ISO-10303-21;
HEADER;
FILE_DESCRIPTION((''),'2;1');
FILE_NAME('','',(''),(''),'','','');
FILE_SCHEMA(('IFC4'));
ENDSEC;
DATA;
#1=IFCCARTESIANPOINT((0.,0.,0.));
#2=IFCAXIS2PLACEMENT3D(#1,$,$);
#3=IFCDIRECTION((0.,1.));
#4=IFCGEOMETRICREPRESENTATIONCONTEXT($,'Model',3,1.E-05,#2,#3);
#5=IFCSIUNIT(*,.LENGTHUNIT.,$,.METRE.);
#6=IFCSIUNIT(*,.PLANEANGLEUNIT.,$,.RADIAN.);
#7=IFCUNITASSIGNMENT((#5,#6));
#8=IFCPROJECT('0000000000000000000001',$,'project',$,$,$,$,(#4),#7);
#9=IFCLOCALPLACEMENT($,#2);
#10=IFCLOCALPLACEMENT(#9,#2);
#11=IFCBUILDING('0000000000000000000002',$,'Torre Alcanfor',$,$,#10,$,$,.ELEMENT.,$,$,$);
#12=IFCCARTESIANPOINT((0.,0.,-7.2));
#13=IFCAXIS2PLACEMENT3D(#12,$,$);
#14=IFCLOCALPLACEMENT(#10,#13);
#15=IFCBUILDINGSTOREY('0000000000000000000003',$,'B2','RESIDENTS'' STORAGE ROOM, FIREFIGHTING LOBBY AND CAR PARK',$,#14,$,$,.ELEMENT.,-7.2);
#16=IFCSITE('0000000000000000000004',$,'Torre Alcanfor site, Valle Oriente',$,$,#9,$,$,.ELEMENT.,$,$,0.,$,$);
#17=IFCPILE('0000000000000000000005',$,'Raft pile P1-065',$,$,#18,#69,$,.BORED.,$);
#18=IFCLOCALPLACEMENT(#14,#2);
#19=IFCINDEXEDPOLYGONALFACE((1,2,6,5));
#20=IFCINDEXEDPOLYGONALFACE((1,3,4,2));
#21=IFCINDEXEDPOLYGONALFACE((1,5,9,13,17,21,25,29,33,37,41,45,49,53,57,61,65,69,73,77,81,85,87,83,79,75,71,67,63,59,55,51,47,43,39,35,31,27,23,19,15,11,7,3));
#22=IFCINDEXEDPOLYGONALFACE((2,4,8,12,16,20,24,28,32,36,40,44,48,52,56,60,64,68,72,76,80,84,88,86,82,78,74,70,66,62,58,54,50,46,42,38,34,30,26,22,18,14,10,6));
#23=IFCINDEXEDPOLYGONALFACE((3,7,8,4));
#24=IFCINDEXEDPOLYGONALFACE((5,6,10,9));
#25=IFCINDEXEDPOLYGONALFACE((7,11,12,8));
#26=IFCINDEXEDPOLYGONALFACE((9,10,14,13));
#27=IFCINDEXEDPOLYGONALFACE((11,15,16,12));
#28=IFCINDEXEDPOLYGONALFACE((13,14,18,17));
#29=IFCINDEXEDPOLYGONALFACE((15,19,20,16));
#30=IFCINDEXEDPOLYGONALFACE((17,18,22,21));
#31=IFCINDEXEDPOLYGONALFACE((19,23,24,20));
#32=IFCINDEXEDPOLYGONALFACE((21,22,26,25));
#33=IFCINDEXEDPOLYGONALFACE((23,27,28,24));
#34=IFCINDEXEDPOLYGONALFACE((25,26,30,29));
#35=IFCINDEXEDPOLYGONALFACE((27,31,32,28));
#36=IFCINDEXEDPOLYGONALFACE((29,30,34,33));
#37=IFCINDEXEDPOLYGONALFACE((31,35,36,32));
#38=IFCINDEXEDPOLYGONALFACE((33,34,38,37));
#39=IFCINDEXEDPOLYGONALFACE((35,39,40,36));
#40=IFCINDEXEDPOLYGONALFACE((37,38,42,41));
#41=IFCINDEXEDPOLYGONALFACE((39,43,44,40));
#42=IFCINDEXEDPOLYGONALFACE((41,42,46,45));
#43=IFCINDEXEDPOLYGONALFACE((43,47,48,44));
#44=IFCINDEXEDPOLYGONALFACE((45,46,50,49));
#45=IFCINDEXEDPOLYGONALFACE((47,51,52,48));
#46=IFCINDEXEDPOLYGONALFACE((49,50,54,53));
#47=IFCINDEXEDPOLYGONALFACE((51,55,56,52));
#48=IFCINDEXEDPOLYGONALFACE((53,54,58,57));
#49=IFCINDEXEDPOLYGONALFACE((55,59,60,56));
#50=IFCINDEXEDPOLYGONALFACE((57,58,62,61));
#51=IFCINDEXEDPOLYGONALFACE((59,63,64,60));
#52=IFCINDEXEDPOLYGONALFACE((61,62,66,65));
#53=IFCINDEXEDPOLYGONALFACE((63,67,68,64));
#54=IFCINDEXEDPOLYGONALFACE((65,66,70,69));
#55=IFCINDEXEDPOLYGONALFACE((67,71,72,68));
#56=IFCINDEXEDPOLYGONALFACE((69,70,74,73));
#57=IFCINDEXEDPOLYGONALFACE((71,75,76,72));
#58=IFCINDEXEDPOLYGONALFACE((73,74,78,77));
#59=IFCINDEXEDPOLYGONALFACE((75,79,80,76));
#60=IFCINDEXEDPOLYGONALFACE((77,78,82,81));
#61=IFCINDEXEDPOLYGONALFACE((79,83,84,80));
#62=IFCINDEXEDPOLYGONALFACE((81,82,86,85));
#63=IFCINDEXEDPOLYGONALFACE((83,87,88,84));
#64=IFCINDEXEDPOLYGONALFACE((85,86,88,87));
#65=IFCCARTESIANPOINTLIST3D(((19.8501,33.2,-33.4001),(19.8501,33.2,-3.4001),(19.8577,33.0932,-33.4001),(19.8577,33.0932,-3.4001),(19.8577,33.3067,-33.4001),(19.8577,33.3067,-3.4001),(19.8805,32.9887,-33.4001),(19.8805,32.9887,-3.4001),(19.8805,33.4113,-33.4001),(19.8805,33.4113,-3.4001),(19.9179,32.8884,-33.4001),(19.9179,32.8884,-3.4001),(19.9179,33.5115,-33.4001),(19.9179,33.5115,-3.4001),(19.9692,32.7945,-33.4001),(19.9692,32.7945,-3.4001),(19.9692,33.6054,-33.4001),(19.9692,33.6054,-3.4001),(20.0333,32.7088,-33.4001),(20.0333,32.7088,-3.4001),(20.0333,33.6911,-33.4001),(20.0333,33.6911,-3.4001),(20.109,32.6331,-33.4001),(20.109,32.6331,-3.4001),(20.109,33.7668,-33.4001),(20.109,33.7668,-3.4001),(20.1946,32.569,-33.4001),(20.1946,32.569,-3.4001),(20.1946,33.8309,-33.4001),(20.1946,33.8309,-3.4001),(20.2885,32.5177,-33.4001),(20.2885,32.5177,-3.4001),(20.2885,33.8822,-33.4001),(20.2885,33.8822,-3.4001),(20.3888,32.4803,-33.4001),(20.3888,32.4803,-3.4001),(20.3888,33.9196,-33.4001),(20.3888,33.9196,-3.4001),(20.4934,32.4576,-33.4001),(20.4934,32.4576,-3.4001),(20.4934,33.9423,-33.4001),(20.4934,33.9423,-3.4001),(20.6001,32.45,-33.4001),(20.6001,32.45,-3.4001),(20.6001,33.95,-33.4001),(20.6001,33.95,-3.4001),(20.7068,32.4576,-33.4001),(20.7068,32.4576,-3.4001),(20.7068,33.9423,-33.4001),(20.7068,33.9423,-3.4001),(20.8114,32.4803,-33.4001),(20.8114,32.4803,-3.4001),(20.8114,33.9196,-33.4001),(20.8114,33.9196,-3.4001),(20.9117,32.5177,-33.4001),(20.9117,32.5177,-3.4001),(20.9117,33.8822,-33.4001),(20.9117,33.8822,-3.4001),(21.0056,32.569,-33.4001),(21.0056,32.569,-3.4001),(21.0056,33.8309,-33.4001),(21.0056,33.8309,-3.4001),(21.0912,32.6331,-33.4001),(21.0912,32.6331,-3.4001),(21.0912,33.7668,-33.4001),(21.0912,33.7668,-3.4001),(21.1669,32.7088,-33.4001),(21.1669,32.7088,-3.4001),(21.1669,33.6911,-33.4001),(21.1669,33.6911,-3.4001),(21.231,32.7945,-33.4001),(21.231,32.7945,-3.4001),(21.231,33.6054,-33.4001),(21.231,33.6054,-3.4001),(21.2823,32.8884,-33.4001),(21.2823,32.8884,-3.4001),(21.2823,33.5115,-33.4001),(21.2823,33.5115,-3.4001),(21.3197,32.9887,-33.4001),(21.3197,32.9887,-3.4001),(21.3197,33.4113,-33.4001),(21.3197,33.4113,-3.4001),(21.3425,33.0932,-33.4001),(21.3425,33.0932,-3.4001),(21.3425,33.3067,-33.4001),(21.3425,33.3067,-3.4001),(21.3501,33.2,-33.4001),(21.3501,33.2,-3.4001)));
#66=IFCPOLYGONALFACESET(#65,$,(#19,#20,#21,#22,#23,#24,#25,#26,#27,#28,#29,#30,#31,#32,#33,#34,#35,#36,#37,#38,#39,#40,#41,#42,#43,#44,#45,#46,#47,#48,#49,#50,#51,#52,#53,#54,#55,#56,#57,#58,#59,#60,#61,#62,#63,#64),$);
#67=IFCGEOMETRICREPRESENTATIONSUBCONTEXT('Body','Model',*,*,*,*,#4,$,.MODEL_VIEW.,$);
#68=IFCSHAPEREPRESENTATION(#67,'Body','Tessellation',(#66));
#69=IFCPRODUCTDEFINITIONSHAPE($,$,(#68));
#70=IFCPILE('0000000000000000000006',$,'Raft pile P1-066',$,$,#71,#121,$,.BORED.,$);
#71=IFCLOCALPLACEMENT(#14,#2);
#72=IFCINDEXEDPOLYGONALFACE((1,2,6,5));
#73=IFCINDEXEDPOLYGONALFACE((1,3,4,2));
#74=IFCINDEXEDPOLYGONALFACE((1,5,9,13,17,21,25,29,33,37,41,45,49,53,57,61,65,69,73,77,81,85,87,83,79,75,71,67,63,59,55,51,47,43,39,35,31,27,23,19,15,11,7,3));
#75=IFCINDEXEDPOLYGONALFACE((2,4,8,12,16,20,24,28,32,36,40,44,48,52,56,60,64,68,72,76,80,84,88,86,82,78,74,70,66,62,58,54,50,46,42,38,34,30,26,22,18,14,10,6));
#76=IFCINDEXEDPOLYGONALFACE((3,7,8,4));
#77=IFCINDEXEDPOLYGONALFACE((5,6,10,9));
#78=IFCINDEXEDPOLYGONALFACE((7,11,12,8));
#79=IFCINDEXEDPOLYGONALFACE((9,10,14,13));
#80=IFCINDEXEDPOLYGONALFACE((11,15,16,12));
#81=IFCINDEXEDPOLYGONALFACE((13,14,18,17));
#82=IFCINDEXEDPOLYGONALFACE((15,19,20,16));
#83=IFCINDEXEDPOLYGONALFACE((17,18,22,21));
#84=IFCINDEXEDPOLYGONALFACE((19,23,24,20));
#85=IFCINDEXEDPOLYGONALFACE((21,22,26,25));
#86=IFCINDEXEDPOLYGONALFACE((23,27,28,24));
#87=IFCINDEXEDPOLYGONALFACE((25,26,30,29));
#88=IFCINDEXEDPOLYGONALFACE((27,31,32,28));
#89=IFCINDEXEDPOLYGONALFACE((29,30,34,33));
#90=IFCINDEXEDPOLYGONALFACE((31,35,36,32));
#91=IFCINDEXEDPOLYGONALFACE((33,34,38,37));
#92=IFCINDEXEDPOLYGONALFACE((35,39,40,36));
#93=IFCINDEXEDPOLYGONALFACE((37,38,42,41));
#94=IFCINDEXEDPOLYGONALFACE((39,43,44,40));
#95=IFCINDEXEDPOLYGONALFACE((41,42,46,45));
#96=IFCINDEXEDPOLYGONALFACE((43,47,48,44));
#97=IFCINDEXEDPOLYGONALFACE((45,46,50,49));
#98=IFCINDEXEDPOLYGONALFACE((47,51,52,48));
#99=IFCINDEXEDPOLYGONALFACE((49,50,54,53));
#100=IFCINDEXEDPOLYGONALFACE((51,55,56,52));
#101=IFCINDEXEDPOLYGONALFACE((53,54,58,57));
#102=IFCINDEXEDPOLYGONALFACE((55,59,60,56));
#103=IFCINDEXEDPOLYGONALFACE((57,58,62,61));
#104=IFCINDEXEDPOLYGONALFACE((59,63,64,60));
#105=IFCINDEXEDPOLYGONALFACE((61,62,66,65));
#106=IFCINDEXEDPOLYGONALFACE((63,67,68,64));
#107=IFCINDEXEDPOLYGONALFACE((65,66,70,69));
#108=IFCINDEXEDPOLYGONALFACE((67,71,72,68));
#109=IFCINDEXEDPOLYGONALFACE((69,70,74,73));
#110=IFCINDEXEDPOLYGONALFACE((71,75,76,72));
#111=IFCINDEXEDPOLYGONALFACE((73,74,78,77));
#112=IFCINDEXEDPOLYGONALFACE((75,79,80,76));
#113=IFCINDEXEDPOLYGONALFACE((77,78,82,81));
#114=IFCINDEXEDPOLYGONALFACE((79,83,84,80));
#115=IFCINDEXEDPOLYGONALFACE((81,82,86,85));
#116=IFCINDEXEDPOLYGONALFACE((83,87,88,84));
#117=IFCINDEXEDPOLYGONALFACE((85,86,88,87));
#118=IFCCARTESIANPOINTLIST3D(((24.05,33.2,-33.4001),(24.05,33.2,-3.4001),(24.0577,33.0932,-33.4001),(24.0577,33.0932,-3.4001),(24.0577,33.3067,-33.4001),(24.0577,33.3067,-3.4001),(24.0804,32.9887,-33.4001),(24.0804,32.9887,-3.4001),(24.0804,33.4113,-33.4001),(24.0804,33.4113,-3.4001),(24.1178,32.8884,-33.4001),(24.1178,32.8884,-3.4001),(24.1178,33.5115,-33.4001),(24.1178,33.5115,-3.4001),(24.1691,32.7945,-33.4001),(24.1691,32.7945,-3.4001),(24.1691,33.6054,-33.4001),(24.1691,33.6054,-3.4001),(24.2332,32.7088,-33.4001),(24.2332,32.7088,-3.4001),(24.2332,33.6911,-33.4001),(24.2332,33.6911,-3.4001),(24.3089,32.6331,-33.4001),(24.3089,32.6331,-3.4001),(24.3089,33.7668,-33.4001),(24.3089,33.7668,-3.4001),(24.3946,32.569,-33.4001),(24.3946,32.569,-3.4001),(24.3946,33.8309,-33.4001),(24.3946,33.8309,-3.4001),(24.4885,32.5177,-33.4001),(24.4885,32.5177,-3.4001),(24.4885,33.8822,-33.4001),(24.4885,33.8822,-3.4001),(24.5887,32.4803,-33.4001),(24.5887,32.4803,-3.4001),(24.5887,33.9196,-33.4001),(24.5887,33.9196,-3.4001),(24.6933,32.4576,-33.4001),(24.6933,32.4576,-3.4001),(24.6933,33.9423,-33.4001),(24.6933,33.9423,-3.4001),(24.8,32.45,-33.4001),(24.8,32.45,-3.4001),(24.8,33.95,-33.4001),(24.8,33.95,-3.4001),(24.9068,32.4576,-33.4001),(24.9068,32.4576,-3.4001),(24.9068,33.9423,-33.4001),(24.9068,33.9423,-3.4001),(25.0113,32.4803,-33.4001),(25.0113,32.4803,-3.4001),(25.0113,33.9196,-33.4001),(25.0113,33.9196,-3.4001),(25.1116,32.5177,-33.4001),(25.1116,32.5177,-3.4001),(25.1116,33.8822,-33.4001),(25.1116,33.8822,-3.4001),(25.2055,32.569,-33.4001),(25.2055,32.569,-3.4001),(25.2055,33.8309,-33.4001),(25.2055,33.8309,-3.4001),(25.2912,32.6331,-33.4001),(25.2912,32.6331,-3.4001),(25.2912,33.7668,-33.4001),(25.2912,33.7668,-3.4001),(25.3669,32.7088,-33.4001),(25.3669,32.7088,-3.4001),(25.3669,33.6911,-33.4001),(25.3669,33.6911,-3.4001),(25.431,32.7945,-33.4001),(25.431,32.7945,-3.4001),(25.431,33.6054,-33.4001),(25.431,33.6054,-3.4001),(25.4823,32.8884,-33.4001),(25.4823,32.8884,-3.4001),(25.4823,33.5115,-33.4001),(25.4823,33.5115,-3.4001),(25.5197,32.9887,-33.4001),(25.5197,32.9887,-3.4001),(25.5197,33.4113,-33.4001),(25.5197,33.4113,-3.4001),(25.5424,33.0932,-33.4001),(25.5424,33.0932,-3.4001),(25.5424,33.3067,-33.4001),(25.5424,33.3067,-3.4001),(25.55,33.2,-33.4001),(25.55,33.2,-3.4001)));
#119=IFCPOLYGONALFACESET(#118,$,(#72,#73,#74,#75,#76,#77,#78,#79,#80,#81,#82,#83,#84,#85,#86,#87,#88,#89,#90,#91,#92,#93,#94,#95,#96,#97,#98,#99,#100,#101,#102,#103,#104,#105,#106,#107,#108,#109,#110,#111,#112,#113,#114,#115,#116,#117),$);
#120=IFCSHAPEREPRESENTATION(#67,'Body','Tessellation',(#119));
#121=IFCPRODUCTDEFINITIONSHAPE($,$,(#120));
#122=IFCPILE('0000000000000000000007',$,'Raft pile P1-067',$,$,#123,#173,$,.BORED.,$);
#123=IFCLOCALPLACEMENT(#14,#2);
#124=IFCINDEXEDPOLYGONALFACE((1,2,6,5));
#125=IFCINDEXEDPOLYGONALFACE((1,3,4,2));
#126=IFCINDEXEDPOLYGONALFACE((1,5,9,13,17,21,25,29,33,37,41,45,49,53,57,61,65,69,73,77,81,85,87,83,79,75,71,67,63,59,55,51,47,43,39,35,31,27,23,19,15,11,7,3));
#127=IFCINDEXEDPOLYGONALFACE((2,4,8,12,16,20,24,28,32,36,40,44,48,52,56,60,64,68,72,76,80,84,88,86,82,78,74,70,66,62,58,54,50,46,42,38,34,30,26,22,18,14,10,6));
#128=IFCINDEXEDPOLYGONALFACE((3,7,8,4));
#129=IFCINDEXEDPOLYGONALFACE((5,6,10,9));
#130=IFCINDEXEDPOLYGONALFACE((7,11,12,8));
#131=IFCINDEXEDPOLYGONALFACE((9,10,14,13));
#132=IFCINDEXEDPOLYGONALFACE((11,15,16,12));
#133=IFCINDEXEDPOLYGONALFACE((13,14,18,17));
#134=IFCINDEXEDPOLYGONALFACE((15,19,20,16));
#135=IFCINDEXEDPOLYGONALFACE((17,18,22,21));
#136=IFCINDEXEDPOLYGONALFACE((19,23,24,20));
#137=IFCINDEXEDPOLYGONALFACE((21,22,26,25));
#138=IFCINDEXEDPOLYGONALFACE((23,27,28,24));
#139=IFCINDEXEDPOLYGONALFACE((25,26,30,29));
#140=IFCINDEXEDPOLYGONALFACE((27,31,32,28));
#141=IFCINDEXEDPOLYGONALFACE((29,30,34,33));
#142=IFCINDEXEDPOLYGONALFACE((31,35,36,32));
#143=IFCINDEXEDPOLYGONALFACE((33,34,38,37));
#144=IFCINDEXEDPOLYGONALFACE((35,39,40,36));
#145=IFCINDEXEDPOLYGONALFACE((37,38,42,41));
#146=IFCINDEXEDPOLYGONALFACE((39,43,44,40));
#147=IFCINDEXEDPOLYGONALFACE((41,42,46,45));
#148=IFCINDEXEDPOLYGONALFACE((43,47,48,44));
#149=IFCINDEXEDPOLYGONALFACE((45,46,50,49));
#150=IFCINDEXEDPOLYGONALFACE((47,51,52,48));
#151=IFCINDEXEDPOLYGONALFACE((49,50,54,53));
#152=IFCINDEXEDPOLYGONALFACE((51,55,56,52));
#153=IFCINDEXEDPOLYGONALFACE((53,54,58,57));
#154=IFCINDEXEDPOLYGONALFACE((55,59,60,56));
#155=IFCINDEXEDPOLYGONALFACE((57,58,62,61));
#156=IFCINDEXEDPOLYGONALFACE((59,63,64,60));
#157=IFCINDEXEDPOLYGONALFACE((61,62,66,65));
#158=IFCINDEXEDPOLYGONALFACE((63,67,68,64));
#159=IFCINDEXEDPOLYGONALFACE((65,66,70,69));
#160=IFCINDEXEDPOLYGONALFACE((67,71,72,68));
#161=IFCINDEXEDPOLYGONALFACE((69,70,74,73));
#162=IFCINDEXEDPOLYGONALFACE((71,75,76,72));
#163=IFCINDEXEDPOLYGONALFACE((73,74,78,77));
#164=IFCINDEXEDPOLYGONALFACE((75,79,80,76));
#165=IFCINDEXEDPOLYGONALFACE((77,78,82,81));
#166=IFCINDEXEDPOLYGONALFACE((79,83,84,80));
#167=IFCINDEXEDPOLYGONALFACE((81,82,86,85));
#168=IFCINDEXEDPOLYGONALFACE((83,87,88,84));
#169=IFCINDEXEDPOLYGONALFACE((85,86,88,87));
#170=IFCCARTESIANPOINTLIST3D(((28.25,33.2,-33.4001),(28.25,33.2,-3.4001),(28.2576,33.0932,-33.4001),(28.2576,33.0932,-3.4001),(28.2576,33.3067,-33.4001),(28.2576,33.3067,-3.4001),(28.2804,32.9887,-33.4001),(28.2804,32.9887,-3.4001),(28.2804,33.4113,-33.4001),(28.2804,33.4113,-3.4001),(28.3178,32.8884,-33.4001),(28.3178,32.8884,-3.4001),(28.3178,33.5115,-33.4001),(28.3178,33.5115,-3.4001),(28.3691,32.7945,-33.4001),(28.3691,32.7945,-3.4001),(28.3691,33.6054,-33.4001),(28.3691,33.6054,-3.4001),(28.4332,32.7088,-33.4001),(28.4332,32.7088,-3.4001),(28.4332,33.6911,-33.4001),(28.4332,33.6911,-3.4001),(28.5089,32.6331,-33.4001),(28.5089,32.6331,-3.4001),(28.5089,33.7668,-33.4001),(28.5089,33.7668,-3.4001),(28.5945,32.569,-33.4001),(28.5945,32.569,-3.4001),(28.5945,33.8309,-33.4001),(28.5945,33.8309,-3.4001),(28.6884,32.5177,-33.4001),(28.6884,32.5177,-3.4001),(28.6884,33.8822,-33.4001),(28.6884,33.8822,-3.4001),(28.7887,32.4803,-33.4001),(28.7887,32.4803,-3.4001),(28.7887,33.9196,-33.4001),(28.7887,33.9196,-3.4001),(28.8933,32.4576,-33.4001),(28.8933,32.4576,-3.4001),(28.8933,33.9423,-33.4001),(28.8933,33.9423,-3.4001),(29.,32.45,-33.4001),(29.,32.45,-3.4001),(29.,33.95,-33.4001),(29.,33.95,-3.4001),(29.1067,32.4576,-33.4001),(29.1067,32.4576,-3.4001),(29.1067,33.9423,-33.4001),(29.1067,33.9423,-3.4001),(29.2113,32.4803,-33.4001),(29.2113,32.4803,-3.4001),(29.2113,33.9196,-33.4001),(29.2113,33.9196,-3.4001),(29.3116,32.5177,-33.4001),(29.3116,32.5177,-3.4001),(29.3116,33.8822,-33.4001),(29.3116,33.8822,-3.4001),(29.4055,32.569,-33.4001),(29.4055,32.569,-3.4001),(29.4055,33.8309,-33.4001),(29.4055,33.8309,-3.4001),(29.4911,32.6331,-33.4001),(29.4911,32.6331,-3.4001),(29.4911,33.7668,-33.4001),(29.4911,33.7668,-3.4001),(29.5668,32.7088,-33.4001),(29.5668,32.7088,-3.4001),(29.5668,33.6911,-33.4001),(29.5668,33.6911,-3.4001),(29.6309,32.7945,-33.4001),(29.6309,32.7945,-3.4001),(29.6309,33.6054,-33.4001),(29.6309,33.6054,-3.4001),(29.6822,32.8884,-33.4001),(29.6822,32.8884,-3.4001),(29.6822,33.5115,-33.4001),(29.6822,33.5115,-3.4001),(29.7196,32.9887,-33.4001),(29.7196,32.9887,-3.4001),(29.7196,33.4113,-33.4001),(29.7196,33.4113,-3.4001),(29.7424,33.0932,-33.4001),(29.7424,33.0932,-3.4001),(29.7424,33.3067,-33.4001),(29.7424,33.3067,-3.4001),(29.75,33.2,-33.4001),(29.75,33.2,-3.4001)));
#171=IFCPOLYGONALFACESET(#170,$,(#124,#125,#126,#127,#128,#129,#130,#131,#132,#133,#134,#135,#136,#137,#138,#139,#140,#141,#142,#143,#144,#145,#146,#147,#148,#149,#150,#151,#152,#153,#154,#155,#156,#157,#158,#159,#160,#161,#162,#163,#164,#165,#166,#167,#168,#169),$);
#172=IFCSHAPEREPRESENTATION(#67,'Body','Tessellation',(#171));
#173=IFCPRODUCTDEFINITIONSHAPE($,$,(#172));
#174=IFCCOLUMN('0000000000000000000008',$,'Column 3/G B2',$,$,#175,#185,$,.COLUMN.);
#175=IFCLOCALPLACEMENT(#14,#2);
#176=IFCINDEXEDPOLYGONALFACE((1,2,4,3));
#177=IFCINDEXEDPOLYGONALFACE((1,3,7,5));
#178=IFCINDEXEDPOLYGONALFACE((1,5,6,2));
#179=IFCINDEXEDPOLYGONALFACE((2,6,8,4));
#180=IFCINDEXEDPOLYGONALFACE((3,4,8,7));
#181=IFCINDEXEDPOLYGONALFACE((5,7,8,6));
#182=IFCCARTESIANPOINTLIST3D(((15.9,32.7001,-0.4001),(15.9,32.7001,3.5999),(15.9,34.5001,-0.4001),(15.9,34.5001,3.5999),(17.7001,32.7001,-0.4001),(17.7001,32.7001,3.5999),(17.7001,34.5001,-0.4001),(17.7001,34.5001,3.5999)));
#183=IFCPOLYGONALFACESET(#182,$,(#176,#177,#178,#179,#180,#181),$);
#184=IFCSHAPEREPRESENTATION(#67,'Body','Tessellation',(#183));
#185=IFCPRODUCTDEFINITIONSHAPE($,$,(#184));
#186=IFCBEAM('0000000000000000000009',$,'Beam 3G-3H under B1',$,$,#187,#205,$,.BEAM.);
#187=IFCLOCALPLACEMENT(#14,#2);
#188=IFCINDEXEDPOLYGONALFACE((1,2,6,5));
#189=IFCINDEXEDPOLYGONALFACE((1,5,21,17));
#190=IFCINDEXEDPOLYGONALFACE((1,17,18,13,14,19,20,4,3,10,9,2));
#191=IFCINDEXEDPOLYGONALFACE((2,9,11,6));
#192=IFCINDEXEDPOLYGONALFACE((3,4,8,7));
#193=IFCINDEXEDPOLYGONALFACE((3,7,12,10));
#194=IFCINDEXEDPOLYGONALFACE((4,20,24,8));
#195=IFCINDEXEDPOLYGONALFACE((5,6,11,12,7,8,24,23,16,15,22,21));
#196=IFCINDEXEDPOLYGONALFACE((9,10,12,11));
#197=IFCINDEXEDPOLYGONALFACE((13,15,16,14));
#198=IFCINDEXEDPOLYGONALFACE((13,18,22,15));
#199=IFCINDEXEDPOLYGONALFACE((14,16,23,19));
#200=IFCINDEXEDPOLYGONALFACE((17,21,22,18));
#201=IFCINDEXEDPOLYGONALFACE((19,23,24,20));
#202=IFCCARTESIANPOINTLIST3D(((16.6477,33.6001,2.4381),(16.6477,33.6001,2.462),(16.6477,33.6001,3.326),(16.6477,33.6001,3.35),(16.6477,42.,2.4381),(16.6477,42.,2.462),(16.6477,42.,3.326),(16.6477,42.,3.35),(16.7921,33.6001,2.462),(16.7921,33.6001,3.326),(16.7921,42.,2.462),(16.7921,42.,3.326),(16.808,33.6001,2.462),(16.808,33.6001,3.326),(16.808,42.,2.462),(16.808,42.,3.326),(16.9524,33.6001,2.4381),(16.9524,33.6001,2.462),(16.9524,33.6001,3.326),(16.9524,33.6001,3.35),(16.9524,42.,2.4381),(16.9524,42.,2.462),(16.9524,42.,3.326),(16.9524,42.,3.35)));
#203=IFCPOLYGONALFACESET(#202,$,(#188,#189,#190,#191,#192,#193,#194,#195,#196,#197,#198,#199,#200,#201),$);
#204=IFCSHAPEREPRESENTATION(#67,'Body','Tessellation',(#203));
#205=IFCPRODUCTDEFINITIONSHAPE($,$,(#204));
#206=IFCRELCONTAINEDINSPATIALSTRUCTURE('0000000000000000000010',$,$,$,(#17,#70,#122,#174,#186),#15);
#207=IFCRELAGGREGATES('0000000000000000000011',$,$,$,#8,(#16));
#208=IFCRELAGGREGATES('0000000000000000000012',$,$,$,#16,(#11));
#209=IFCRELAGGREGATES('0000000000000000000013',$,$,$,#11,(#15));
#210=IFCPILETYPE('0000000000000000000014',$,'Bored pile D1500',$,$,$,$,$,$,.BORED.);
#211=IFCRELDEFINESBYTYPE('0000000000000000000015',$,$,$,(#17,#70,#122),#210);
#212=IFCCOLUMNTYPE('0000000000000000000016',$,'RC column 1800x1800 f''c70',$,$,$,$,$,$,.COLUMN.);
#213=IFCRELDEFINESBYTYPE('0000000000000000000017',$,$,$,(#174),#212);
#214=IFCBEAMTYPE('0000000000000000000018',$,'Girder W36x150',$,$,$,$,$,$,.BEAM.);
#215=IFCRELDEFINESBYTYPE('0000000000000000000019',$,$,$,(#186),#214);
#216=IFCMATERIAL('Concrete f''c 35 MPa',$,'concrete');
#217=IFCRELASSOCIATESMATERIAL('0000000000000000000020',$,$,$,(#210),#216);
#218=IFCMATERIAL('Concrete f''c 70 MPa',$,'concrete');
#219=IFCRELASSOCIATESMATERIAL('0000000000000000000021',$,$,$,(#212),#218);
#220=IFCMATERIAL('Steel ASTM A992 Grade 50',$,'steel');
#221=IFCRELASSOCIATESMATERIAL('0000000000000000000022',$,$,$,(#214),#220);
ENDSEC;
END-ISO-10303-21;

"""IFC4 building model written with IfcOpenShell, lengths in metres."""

from ifc_helpers import new_model, si_unit, direction, frame, origin, origin_2d, place, context, subcontext, project, spatial, rectangle, circle, i_section, extrude, material, material_profile, profile_set, type_object, element, save


model = new_model("IFC4")

# Units and contexts
model_context = context("Model", 3, precision=1e-05, world=origin(), true_north=direction((0.0, 1.0)))
body_context = subcontext(model_context, "Body", "Model", "MODEL_VIEW")
ifc_project = project(units=[si_unit("LENGTHUNIT", "METRE"), si_unit("PLANEANGLEUNIT", "RADIAN")], contexts=[model_context])

# Site, building, storey
site_placement = place(None, origin())
site = spatial("IfcSite", under=ifc_project, at=site_placement, Name="Torre Alcanfor site, Valle Oriente", CompositionType="ELEMENT", RefElevation=0.0)
building_placement = place(site_placement, origin())
building = spatial("IfcBuilding", under=site, at=building_placement, Name="Torre Alcanfor", CompositionType="ELEMENT")
storey_placement = place(building_placement, frame((0.0, 0.0, -7.2)))
storey = spatial("IfcBuildingStorey", under=building, at=storey_placement, Name="B2", Description="RESIDENTS' STORAGE ROOM, FIREFIGHTING LOBBY AND CAR PARK", CompositionType="ELEMENT", Elevation=-7.2)

# Piles
ifc_material_1 = material(Name="Concrete f'c 35 MPa", Category="concrete")
ifc_material_profile_1 = material_profile(ifc_material_1, circle(Radius=0.75, at=origin_2d()), Name="D1500")
ifc_profile_set_1 = profile_set([ifc_material_profile_1], Name="Concrete f'c 35 MPa")
pile_type = type_object("IfcPileType", Name="Bored pile D1500", PredefinedType="BORED", material=ifc_profile_set_1)
for number, where, z_axis, x_axis, name in (
    (1, (20.6001, 33.2, -3.4001), (0.0, 0.0, -1.0), (1.0, 0.0, 0.0), "Raft pile P1-065"),
    (2, (24.8, 33.2, -3.4001), (0.0, 0.0, -1.0), (1.0, 0.0, 0.0), "Raft pile P1-066"),
    (3, (29.0, 33.2, -3.4001), (0.0, 0.0, -1.0), (1.0, 0.0, 0.0), "Raft pile P1-067"),
):
    element("IfcPile", number, at=place(storey_placement, frame(where, z_axis=z_axis, x_axis=x_axis)), inside=storey, type_object=pile_type, Name=name, PredefinedType="BORED", context=body_context, shape_type="SweptSolid", body=[
        extrude(circle(Radius=0.75, at=origin_2d()), origin(), (0.0, 0.0, 1.0), 30.0),
    ])

# Column
ifc_material_2 = material(Name="Concrete f'c 70 MPa", Category="concrete")
ifc_material_profile_2 = material_profile(ifc_material_2, rectangle(XDim=1.8, YDim=1.8, at=origin_2d()), Name="1800x1800")
ifc_profile_set_2 = profile_set([ifc_material_profile_2], Name="Concrete f'c 70 MPa")
column_type = type_object("IfcColumnType", Name="RC column 1800x1800 f'c70", PredefinedType="COLUMN", material=ifc_profile_set_2)
column_placement = place(storey_placement, frame((16.8, 33.6001, -0.4001), z_axis=(0.0, 0.0, 1.0), x_axis=(1.0, 0.0, 0.0)))
element("IfcColumn", 4, at=column_placement, inside=storey, type_object=column_type, Name="Column 3/G B2", PredefinedType="COLUMN", context=body_context, shape_type="SweptSolid", body=[
    extrude(rectangle(XDim=1.8, YDim=1.8, at=origin_2d()), origin(), (0.0, 0.0, 1.0), 4.0),
])

# Beam
ifc_material_3 = material(Name="Steel ASTM A992 Grade 50", Category="steel")
ifc_material_profile_3 = material_profile(ifc_material_3, i_section(OverallWidth=0.3047, OverallDepth=0.9119, WebThickness=0.0159, FlangeThickness=0.0239, at=origin_2d()), Name="W36x150")
ifc_profile_set_3 = profile_set([ifc_material_profile_3], Name="Steel ASTM A992 Grade 50")
beam_type_1 = type_object("IfcBeamType", Name="Girder W36x150", PredefinedType="BEAM", material=ifc_profile_set_3)
beam_1_placement = place(storey_placement, frame((16.8, 33.6001, 2.894), z_axis=(0.0, 1.0, 0.0), x_axis=(-1.0, 0.0, 0.0)))
element("IfcBeam", 5, at=beam_1_placement, inside=storey, type_object=beam_type_1, Name="Beam 3G-3H under B1", PredefinedType="BEAM", context=body_context, shape_type="SweptSolid", body=[
    extrude(i_section(OverallWidth=0.3047, OverallDepth=0.9119, WebThickness=0.0159, FlangeThickness=0.0239, at=origin_2d()), origin(), (0.0, 0.0, 1.0), 8.3999),
])

save(model, "model.ifc")
